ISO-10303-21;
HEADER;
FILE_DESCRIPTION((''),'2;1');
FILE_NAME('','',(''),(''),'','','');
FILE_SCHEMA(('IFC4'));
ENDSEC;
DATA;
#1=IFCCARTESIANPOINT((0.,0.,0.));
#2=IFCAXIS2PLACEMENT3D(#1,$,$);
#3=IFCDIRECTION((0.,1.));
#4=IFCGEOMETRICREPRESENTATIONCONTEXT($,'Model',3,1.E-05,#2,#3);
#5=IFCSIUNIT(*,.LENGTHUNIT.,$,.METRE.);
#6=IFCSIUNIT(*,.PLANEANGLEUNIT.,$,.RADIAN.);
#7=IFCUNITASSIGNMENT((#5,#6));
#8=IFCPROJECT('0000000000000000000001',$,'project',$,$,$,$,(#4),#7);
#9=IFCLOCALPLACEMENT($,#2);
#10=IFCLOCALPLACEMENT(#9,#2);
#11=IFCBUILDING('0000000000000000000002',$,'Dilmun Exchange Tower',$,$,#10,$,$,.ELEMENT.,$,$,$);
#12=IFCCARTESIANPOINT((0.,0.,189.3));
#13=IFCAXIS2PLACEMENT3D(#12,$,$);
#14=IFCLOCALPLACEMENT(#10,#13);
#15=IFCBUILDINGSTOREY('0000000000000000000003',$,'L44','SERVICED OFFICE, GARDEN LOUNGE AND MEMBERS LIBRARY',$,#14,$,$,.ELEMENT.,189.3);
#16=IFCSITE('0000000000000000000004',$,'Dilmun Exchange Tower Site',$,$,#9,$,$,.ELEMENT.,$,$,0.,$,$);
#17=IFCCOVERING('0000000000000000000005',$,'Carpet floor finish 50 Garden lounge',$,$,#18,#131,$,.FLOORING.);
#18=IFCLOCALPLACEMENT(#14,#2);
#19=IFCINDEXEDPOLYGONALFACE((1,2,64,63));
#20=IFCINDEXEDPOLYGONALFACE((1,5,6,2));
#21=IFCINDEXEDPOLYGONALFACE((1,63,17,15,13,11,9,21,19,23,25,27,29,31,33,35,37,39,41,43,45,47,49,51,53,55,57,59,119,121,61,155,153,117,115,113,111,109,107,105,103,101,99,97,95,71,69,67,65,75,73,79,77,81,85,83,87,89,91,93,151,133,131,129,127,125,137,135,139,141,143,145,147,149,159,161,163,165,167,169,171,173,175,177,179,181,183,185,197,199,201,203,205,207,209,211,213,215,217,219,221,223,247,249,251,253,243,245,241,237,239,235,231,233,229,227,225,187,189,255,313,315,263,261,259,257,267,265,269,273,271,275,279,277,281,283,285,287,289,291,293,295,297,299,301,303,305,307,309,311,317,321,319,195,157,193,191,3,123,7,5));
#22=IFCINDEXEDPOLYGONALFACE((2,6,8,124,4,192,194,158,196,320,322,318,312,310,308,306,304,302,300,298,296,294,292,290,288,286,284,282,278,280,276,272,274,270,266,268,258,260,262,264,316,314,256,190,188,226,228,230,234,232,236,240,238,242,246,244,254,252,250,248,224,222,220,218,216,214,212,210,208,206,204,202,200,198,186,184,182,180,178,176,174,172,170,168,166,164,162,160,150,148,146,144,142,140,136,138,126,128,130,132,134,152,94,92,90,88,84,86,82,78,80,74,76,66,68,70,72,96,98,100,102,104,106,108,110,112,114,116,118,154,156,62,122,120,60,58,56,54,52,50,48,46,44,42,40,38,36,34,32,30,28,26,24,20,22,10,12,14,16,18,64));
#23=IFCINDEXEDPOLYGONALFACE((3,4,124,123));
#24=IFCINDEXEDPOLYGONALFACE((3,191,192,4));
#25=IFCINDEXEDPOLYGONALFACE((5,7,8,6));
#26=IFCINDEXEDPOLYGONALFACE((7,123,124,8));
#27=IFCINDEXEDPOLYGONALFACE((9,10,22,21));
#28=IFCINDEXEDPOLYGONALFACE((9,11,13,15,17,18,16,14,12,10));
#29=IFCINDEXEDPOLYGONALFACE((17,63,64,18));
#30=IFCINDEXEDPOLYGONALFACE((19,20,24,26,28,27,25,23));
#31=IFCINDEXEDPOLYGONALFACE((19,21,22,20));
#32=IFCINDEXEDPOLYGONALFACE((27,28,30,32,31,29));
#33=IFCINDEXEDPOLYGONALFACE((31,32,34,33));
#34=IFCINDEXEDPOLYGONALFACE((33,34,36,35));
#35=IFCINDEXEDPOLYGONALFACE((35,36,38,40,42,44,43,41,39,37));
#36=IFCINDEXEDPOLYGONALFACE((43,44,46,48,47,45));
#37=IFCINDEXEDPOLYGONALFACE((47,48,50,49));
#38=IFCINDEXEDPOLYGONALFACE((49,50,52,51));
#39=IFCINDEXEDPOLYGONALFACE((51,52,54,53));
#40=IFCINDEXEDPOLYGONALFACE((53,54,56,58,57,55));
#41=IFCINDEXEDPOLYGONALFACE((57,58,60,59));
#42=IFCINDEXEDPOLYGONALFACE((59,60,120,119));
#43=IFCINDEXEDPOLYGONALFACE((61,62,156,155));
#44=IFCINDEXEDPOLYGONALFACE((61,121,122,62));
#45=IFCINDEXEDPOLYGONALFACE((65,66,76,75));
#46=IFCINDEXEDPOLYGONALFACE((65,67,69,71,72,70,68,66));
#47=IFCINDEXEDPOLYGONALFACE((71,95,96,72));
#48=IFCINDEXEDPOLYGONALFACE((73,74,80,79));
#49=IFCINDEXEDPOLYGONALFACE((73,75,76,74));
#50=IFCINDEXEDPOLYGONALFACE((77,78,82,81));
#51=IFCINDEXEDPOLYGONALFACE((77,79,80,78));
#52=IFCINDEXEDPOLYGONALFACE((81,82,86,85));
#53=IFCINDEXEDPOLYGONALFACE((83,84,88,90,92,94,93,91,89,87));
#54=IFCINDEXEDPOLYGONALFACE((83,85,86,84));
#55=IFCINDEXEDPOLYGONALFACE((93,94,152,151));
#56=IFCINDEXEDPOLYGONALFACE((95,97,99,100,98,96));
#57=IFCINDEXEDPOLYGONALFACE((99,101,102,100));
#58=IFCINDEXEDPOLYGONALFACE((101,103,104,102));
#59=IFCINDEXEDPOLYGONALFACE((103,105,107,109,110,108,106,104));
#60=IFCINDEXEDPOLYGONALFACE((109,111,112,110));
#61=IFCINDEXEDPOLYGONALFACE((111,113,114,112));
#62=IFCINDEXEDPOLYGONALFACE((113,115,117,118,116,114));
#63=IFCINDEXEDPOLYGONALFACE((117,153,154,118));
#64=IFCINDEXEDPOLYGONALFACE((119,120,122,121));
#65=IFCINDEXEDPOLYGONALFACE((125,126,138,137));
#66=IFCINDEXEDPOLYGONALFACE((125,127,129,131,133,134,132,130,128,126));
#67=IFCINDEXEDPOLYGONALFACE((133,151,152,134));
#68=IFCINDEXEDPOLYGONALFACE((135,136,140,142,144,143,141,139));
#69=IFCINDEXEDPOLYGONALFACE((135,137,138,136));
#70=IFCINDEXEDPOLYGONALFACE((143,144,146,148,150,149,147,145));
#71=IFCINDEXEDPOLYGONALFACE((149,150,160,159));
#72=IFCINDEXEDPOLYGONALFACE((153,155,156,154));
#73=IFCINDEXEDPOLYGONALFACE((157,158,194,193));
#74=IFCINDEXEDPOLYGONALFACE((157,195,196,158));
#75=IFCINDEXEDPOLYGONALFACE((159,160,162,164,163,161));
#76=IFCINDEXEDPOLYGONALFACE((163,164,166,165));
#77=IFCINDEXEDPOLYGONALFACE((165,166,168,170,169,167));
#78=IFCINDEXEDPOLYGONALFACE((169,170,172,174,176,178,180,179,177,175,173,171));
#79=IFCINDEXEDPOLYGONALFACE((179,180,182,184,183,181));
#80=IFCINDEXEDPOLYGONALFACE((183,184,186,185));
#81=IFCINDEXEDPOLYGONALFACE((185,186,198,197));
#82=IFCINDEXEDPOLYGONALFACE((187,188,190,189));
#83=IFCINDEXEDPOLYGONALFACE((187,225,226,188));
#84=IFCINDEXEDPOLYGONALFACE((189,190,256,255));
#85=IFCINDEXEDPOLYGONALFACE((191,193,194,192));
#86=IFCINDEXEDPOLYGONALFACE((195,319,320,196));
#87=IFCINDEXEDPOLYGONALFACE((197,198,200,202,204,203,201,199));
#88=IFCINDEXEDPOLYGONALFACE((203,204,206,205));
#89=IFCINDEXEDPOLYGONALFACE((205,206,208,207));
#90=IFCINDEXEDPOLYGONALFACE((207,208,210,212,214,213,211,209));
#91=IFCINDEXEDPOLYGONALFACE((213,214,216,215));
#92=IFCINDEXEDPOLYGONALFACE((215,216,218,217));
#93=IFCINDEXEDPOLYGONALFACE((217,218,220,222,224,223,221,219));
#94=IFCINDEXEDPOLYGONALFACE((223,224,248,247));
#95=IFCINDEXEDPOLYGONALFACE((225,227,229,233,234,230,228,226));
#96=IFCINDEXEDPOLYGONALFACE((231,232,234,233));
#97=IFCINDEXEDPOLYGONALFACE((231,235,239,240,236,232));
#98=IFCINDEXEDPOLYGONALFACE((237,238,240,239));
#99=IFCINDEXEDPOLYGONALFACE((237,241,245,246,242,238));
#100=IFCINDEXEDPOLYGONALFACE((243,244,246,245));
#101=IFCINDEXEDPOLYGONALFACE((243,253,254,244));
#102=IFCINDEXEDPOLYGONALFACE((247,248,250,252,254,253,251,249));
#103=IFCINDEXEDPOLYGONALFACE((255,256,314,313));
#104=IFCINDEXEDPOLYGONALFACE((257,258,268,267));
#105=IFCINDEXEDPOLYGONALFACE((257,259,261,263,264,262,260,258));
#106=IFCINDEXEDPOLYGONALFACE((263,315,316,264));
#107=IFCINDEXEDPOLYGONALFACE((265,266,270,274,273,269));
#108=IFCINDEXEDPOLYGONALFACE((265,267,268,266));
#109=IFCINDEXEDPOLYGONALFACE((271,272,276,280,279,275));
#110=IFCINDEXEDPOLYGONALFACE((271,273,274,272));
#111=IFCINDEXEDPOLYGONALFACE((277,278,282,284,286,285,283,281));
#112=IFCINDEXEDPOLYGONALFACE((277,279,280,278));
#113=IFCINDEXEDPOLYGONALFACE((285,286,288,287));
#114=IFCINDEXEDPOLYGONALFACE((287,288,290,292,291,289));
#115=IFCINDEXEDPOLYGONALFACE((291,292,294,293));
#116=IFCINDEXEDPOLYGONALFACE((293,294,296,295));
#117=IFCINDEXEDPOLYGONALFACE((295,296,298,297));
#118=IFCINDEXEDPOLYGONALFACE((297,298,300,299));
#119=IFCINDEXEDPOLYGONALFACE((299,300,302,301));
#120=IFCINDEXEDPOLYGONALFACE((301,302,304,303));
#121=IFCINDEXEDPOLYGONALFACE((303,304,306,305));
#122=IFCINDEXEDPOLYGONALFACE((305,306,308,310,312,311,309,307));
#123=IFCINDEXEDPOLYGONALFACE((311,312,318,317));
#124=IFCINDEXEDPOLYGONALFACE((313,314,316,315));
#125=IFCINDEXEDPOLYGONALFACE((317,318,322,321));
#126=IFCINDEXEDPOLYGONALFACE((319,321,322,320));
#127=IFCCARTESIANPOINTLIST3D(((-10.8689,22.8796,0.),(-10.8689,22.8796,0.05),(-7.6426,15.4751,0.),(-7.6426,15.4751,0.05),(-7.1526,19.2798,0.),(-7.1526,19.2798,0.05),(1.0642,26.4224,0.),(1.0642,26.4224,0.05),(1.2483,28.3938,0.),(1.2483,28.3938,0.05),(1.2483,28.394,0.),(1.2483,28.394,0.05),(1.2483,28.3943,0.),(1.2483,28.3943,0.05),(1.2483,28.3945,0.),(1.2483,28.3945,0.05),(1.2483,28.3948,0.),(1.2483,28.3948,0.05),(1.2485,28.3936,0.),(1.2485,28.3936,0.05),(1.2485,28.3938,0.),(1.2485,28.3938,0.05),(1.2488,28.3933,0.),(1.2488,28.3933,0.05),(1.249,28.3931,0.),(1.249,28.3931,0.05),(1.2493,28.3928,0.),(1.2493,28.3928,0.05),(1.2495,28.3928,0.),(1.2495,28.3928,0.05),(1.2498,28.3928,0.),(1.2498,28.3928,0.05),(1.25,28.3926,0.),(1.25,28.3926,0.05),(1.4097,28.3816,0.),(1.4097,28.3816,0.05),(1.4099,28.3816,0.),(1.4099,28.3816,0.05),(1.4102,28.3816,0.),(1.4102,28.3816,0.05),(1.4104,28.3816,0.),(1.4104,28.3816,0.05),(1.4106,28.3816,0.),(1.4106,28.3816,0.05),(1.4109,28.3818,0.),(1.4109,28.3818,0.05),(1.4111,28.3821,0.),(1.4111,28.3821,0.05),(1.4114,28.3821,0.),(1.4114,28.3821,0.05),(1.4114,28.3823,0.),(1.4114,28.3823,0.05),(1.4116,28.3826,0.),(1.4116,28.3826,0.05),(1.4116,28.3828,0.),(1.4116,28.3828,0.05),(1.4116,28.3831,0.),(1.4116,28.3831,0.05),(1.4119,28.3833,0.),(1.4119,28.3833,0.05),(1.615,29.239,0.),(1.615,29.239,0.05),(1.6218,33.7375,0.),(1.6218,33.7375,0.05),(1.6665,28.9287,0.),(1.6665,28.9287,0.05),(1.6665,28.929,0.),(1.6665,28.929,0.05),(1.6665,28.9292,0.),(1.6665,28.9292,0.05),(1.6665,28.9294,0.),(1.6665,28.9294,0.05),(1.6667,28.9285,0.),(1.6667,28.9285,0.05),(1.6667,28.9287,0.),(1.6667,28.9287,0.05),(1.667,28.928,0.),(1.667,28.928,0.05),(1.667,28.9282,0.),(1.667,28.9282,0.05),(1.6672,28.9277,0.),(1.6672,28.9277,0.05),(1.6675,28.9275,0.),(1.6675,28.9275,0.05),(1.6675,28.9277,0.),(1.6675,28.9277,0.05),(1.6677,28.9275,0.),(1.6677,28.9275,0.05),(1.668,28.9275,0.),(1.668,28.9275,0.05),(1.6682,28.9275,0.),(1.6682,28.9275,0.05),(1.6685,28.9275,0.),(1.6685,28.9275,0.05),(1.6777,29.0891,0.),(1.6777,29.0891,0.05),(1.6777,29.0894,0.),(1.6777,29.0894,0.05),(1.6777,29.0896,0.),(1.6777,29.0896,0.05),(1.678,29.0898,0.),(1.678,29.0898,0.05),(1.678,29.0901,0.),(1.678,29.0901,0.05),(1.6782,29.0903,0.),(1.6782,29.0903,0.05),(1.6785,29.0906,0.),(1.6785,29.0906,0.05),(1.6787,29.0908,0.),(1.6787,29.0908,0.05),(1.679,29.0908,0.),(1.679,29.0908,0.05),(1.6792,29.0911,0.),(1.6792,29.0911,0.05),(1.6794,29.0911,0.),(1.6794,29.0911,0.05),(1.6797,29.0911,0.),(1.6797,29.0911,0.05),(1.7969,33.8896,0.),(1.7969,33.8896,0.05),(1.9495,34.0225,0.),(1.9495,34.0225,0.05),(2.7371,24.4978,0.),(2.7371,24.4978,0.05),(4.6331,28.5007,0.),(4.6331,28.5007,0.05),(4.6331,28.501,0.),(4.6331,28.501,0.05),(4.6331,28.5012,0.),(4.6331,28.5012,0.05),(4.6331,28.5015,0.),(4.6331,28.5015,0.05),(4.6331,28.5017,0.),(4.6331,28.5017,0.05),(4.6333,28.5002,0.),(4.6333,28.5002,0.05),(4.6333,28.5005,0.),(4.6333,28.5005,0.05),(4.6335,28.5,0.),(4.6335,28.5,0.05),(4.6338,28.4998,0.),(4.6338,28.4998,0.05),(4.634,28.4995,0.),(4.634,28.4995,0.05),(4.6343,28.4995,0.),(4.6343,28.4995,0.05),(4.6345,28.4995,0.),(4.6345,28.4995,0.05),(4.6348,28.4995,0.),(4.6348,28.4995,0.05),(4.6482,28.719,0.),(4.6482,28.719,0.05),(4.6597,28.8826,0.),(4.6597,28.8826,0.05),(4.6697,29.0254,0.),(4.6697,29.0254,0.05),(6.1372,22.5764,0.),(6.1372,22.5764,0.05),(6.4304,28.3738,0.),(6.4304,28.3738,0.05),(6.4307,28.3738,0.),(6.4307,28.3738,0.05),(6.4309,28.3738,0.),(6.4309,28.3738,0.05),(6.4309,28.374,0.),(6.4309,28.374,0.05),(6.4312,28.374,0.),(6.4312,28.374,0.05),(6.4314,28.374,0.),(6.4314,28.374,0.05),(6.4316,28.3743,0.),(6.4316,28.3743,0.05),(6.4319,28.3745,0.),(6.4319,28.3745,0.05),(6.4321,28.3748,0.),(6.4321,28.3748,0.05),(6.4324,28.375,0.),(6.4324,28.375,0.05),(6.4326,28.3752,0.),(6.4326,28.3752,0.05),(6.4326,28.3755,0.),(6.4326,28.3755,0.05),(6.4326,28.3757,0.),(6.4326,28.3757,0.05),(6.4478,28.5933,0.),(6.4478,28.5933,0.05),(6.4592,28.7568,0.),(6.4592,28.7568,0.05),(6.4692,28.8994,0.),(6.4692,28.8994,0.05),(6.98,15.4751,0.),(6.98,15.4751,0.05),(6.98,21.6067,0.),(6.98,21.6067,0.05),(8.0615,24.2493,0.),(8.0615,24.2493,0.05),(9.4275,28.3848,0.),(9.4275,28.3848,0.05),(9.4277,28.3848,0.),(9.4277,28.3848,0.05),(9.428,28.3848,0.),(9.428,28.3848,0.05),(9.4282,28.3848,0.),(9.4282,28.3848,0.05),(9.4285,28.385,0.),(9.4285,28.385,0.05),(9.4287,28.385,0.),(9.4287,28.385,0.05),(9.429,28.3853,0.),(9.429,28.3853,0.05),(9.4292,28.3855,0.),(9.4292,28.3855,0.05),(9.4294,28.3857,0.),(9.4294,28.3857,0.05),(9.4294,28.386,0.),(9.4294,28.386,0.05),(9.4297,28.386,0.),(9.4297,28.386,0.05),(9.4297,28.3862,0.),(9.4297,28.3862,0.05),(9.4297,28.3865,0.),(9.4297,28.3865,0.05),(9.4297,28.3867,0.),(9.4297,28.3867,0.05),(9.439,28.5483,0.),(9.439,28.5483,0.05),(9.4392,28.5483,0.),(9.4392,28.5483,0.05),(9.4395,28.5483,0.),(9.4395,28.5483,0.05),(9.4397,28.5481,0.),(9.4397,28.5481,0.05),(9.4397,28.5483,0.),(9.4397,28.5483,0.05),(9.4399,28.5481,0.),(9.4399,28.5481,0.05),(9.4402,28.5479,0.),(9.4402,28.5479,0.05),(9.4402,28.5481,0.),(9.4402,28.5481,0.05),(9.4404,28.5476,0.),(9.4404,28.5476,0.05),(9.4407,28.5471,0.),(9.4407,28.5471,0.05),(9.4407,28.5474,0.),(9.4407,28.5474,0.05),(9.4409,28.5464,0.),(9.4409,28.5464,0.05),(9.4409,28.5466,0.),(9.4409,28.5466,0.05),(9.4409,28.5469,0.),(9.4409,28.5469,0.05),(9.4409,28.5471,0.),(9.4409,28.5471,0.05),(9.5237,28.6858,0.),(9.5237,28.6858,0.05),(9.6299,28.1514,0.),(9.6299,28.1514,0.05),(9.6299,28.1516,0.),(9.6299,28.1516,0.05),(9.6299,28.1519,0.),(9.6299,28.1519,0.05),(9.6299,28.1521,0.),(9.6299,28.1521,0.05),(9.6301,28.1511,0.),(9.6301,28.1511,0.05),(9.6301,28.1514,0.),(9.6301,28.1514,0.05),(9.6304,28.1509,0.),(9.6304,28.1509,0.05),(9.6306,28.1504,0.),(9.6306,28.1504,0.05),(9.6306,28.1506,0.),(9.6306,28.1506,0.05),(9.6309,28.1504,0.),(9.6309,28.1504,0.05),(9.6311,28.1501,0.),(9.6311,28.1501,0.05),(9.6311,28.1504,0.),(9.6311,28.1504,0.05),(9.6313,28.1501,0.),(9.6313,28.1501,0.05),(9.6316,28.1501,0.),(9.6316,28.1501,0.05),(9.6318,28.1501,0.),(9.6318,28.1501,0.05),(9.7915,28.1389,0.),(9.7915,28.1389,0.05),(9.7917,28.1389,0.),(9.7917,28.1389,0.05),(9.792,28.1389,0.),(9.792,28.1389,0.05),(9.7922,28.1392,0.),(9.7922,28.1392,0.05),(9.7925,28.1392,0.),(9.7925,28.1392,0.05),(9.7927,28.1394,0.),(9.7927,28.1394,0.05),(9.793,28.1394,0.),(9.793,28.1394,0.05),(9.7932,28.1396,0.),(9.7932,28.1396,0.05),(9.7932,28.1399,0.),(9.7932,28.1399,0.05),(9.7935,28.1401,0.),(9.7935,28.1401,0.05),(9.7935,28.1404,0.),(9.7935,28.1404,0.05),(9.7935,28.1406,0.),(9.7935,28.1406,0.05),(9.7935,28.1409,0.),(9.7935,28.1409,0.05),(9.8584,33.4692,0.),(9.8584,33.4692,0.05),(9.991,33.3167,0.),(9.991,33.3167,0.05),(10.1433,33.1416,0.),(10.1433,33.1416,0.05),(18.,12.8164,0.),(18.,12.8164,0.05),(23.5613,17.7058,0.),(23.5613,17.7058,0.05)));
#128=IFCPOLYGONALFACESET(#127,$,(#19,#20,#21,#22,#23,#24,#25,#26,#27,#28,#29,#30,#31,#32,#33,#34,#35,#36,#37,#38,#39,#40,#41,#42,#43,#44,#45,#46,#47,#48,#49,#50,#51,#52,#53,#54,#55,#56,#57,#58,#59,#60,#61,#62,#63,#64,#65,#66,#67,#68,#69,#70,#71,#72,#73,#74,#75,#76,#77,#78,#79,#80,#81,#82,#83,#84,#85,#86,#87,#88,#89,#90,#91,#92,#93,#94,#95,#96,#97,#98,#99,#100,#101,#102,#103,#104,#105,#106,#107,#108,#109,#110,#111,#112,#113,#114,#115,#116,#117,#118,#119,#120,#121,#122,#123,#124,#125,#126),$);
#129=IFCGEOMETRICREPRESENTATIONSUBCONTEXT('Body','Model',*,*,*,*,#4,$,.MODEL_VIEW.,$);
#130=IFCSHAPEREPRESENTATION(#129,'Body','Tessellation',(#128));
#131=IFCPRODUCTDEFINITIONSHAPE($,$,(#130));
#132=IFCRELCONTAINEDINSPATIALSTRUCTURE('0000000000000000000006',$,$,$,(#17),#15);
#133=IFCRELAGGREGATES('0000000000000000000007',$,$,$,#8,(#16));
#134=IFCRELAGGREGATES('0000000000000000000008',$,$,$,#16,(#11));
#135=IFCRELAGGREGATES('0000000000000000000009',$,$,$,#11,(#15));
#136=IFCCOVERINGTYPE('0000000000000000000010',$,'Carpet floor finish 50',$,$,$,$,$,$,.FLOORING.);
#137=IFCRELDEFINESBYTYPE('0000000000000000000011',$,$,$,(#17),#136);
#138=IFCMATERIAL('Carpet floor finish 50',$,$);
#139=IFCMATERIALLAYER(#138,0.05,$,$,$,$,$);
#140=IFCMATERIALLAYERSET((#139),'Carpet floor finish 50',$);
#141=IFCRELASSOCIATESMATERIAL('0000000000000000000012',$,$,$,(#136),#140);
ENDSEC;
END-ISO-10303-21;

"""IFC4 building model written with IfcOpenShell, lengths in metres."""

from ifc_helpers import new_model, si_unit, direction, frame, origin, place, context, subcontext, project, spatial, polyline, outline, extrude, material, layer, layer_set, type_object, element, save


model = new_model("IFC4")

# Units and contexts
model_context = context("Model", 3, precision=1e-05, world=origin(), true_north=direction((0.0, 1.0)))
body_context = subcontext(model_context, "Body", "Model", "MODEL_VIEW")
ifc_project = project(units=[si_unit("LENGTHUNIT", "METRE"), si_unit("PLANEANGLEUNIT", "RADIAN")], contexts=[model_context])

# Site, building, storey
site_placement = place(None, origin())
site = spatial("IfcSite", under=ifc_project, at=site_placement, Name="Dilmun Exchange Tower Site", CompositionType="ELEMENT", RefElevation=0.0)
building_placement = place(site_placement, origin())
building = spatial("IfcBuilding", under=site, at=building_placement, Name="Dilmun Exchange Tower", CompositionType="ELEMENT")
storey_placement = place(building_placement, frame((0.0, 0.0, 189.3)))
storey = spatial("IfcBuildingStorey", under=building, at=storey_placement, Name="L44", Description="SERVICED OFFICE, GARDEN LOUNGE AND MEMBERS LIBRARY", CompositionType="ELEMENT", Elevation=189.3)

# Covering
ifc_material_1 = material(Name="Carpet floor finish 50")
ifc_layer_1 = layer(ifc_material_1, 0.05)
ifc_layer_set_1 = layer_set([ifc_layer_1], Name="Carpet floor finish 50")
covering_type_1 = type_object("IfcCoveringType", Name="Carpet floor finish 50", PredefinedType="FLOORING", material=ifc_layer_set_1)
covering_1_placement = place(storey_placement, origin())
element("IfcCovering", 1, at=covering_1_placement, inside=storey, type_object=covering_type_1, Name="Carpet floor finish 50 Garden lounge", PredefinedType="FLOORING", context=body_context, shape_type="SweptSolid", body=[
    extrude(outline(polyline([(1.0642, 26.4224), (-7.1526, 19.2798), (-10.8689, 22.8796), (1.6218, 33.7375), (1.2483, 28.3948), (1.2483, 28.3945), (1.2483, 28.3943), (1.2483, 28.3943), (1.2483, 28.394), (1.2483, 28.3938), (1.2485, 28.3938), (1.2485, 28.3936), (1.2488, 28.3933), (1.2488, 28.3933), (1.249, 28.3931), (1.249, 28.3931), (1.2493, 28.3928), (1.2495, 28.3928), (1.2498, 28.3928), (1.25, 28.3926), (1.25, 28.3926), (1.4097, 28.3816), (1.4099, 28.3816), (1.4102, 28.3816), (1.4104, 28.3816), (1.4104, 28.3816), (1.4106, 28.3816), (1.4109, 28.3818), (1.4109, 28.3818), (1.4111, 28.3821), (1.4114, 28.3821), (1.4114, 28.3823), (1.4116, 28.3826), (1.4116, 28.3826), (1.4116, 28.3828), (1.4116, 28.3831), (1.4119, 28.3833), (1.4119, 28.3833), (1.7969, 33.8896), (1.9495, 34.0225), (1.615, 29.239), (4.6697, 29.0254), (4.6597, 28.8826), (1.6797, 29.0911), (1.6797, 29.0911), (1.6794, 29.0911), (1.6792, 29.0911), (1.679, 29.0908), (1.679, 29.0908), (1.6787, 29.0908), (1.6785, 29.0906), (1.6785, 29.0906), (1.6782, 29.0903), (1.678, 29.0901), (1.678, 29.0901), (1.678, 29.0898), (1.6777, 29.0896), (1.6777, 29.0896), (1.6777, 29.0894), (1.6777, 29.0891), (1.6665, 28.9294), (1.6665, 28.9292), (1.6665, 28.9292), (1.6665, 28.929), (1.6665, 28.9287), (1.6667, 28.9287), (1.6667, 28.9285), (1.667, 28.9282), (1.667, 28.928), (1.667, 28.928), (1.6672, 28.9277), (1.6675, 28.9277), (1.6675, 28.9275), (1.6677, 28.9275), (1.668, 28.9275), (1.6682, 28.9275), (1.6685, 28.9275), (4.6482, 28.719), (4.6331, 28.5017), (4.6331, 28.5015), (4.6331, 28.5012), (4.6331, 28.501), (4.6331, 28.5007), (4.6333, 28.5005), (4.6333, 28.5005), (4.6333, 28.5002), (4.6335, 28.5), (4.6335, 28.5), (4.6338, 28.4998), (4.6338, 28.4998), (4.634, 28.4995), (4.6343, 28.4995), (4.6345, 28.4995), (4.6345, 28.4995), (4.6348, 28.4995), (6.4304, 28.3738), (6.4307, 28.3738), (6.4309, 28.3738), (6.4309, 28.374), (6.4312, 28.374), (6.4314, 28.374), (6.4316, 28.3743), (6.4316, 28.3743), (6.4319, 28.3745), (6.4319, 28.3745), (6.4321, 28.3748), (6.4324, 28.375), (6.4324, 28.375), (6.4326, 28.3752), (6.4326, 28.3755), (6.4326, 28.3755), (6.4326, 28.3757), (6.4478, 28.5933), (9.4275, 28.3848), (9.4277, 28.3848), (9.428, 28.3848), (9.4282, 28.3848), (9.4285, 28.385), (9.4285, 28.385), (9.4287, 28.385), (9.429, 28.3853), (9.429, 28.3853), (9.4292, 28.3855), (9.4292, 28.3855), (9.4294, 28.3857), (9.4294, 28.386), (9.4297, 28.386), (9.4297, 28.3862), (9.4297, 28.3865), (9.4297, 28.3867), (9.4409, 28.5464), (9.4409, 28.5464), (9.4409, 28.5466), (9.4409, 28.5469), (9.4409, 28.5471), (9.4407, 28.5471), (9.4407, 28.5474), (9.4404, 28.5476), (9.4404, 28.5476), (9.4402, 28.5479), (9.4402, 28.5481), (9.4399, 28.5481), (9.4397, 28.5481), (9.4397, 28.5483), (9.4395, 28.5483), (9.4392, 28.5483), (9.439, 28.5483), (6.4592, 28.7568), (6.4692, 28.8994), (9.5237, 28.6858), (9.8584, 33.4692), (9.991, 33.3167), (9.6299, 28.1521), (9.6299, 28.1521), (9.6299, 28.1519), (9.6299, 28.1516), (9.6299, 28.1514), (9.6301, 28.1514), (9.6301, 28.1511), (9.6304, 28.1509), (9.6304, 28.1509), (9.6306, 28.1506), (9.6306, 28.1504), (9.6309, 28.1504), (9.6311, 28.1504), (9.6311, 28.1501), (9.6313, 28.1501), (9.6316, 28.1501), (9.6318, 28.1501), (9.7915, 28.1389), (9.7915, 28.1389), (9.7917, 28.1389), (9.792, 28.1389), (9.792, 28.1389), (9.7922, 28.1392), (9.7925, 28.1392), (9.7927, 28.1394), (9.7927, 28.1394), (9.793, 28.1394), (9.7932, 28.1396), (9.7932, 28.1399), (9.7932, 28.1399), (9.7935, 28.1401), (9.7935, 28.1404), (9.7935, 28.1406), (9.7935, 28.1409), (10.1433, 33.1416), (23.5613, 17.7058), (18.0, 12.8164), (8.0615, 24.2493), (6.1372, 22.5764), (6.98, 21.6067), (6.98, 15.4751), (-7.6426, 15.4751), (2.7371, 24.4978), (1.0642, 26.4224)])), origin(), (0.0, 0.0, 1.0), 0.05),
])

save(model, "model.ifc")
